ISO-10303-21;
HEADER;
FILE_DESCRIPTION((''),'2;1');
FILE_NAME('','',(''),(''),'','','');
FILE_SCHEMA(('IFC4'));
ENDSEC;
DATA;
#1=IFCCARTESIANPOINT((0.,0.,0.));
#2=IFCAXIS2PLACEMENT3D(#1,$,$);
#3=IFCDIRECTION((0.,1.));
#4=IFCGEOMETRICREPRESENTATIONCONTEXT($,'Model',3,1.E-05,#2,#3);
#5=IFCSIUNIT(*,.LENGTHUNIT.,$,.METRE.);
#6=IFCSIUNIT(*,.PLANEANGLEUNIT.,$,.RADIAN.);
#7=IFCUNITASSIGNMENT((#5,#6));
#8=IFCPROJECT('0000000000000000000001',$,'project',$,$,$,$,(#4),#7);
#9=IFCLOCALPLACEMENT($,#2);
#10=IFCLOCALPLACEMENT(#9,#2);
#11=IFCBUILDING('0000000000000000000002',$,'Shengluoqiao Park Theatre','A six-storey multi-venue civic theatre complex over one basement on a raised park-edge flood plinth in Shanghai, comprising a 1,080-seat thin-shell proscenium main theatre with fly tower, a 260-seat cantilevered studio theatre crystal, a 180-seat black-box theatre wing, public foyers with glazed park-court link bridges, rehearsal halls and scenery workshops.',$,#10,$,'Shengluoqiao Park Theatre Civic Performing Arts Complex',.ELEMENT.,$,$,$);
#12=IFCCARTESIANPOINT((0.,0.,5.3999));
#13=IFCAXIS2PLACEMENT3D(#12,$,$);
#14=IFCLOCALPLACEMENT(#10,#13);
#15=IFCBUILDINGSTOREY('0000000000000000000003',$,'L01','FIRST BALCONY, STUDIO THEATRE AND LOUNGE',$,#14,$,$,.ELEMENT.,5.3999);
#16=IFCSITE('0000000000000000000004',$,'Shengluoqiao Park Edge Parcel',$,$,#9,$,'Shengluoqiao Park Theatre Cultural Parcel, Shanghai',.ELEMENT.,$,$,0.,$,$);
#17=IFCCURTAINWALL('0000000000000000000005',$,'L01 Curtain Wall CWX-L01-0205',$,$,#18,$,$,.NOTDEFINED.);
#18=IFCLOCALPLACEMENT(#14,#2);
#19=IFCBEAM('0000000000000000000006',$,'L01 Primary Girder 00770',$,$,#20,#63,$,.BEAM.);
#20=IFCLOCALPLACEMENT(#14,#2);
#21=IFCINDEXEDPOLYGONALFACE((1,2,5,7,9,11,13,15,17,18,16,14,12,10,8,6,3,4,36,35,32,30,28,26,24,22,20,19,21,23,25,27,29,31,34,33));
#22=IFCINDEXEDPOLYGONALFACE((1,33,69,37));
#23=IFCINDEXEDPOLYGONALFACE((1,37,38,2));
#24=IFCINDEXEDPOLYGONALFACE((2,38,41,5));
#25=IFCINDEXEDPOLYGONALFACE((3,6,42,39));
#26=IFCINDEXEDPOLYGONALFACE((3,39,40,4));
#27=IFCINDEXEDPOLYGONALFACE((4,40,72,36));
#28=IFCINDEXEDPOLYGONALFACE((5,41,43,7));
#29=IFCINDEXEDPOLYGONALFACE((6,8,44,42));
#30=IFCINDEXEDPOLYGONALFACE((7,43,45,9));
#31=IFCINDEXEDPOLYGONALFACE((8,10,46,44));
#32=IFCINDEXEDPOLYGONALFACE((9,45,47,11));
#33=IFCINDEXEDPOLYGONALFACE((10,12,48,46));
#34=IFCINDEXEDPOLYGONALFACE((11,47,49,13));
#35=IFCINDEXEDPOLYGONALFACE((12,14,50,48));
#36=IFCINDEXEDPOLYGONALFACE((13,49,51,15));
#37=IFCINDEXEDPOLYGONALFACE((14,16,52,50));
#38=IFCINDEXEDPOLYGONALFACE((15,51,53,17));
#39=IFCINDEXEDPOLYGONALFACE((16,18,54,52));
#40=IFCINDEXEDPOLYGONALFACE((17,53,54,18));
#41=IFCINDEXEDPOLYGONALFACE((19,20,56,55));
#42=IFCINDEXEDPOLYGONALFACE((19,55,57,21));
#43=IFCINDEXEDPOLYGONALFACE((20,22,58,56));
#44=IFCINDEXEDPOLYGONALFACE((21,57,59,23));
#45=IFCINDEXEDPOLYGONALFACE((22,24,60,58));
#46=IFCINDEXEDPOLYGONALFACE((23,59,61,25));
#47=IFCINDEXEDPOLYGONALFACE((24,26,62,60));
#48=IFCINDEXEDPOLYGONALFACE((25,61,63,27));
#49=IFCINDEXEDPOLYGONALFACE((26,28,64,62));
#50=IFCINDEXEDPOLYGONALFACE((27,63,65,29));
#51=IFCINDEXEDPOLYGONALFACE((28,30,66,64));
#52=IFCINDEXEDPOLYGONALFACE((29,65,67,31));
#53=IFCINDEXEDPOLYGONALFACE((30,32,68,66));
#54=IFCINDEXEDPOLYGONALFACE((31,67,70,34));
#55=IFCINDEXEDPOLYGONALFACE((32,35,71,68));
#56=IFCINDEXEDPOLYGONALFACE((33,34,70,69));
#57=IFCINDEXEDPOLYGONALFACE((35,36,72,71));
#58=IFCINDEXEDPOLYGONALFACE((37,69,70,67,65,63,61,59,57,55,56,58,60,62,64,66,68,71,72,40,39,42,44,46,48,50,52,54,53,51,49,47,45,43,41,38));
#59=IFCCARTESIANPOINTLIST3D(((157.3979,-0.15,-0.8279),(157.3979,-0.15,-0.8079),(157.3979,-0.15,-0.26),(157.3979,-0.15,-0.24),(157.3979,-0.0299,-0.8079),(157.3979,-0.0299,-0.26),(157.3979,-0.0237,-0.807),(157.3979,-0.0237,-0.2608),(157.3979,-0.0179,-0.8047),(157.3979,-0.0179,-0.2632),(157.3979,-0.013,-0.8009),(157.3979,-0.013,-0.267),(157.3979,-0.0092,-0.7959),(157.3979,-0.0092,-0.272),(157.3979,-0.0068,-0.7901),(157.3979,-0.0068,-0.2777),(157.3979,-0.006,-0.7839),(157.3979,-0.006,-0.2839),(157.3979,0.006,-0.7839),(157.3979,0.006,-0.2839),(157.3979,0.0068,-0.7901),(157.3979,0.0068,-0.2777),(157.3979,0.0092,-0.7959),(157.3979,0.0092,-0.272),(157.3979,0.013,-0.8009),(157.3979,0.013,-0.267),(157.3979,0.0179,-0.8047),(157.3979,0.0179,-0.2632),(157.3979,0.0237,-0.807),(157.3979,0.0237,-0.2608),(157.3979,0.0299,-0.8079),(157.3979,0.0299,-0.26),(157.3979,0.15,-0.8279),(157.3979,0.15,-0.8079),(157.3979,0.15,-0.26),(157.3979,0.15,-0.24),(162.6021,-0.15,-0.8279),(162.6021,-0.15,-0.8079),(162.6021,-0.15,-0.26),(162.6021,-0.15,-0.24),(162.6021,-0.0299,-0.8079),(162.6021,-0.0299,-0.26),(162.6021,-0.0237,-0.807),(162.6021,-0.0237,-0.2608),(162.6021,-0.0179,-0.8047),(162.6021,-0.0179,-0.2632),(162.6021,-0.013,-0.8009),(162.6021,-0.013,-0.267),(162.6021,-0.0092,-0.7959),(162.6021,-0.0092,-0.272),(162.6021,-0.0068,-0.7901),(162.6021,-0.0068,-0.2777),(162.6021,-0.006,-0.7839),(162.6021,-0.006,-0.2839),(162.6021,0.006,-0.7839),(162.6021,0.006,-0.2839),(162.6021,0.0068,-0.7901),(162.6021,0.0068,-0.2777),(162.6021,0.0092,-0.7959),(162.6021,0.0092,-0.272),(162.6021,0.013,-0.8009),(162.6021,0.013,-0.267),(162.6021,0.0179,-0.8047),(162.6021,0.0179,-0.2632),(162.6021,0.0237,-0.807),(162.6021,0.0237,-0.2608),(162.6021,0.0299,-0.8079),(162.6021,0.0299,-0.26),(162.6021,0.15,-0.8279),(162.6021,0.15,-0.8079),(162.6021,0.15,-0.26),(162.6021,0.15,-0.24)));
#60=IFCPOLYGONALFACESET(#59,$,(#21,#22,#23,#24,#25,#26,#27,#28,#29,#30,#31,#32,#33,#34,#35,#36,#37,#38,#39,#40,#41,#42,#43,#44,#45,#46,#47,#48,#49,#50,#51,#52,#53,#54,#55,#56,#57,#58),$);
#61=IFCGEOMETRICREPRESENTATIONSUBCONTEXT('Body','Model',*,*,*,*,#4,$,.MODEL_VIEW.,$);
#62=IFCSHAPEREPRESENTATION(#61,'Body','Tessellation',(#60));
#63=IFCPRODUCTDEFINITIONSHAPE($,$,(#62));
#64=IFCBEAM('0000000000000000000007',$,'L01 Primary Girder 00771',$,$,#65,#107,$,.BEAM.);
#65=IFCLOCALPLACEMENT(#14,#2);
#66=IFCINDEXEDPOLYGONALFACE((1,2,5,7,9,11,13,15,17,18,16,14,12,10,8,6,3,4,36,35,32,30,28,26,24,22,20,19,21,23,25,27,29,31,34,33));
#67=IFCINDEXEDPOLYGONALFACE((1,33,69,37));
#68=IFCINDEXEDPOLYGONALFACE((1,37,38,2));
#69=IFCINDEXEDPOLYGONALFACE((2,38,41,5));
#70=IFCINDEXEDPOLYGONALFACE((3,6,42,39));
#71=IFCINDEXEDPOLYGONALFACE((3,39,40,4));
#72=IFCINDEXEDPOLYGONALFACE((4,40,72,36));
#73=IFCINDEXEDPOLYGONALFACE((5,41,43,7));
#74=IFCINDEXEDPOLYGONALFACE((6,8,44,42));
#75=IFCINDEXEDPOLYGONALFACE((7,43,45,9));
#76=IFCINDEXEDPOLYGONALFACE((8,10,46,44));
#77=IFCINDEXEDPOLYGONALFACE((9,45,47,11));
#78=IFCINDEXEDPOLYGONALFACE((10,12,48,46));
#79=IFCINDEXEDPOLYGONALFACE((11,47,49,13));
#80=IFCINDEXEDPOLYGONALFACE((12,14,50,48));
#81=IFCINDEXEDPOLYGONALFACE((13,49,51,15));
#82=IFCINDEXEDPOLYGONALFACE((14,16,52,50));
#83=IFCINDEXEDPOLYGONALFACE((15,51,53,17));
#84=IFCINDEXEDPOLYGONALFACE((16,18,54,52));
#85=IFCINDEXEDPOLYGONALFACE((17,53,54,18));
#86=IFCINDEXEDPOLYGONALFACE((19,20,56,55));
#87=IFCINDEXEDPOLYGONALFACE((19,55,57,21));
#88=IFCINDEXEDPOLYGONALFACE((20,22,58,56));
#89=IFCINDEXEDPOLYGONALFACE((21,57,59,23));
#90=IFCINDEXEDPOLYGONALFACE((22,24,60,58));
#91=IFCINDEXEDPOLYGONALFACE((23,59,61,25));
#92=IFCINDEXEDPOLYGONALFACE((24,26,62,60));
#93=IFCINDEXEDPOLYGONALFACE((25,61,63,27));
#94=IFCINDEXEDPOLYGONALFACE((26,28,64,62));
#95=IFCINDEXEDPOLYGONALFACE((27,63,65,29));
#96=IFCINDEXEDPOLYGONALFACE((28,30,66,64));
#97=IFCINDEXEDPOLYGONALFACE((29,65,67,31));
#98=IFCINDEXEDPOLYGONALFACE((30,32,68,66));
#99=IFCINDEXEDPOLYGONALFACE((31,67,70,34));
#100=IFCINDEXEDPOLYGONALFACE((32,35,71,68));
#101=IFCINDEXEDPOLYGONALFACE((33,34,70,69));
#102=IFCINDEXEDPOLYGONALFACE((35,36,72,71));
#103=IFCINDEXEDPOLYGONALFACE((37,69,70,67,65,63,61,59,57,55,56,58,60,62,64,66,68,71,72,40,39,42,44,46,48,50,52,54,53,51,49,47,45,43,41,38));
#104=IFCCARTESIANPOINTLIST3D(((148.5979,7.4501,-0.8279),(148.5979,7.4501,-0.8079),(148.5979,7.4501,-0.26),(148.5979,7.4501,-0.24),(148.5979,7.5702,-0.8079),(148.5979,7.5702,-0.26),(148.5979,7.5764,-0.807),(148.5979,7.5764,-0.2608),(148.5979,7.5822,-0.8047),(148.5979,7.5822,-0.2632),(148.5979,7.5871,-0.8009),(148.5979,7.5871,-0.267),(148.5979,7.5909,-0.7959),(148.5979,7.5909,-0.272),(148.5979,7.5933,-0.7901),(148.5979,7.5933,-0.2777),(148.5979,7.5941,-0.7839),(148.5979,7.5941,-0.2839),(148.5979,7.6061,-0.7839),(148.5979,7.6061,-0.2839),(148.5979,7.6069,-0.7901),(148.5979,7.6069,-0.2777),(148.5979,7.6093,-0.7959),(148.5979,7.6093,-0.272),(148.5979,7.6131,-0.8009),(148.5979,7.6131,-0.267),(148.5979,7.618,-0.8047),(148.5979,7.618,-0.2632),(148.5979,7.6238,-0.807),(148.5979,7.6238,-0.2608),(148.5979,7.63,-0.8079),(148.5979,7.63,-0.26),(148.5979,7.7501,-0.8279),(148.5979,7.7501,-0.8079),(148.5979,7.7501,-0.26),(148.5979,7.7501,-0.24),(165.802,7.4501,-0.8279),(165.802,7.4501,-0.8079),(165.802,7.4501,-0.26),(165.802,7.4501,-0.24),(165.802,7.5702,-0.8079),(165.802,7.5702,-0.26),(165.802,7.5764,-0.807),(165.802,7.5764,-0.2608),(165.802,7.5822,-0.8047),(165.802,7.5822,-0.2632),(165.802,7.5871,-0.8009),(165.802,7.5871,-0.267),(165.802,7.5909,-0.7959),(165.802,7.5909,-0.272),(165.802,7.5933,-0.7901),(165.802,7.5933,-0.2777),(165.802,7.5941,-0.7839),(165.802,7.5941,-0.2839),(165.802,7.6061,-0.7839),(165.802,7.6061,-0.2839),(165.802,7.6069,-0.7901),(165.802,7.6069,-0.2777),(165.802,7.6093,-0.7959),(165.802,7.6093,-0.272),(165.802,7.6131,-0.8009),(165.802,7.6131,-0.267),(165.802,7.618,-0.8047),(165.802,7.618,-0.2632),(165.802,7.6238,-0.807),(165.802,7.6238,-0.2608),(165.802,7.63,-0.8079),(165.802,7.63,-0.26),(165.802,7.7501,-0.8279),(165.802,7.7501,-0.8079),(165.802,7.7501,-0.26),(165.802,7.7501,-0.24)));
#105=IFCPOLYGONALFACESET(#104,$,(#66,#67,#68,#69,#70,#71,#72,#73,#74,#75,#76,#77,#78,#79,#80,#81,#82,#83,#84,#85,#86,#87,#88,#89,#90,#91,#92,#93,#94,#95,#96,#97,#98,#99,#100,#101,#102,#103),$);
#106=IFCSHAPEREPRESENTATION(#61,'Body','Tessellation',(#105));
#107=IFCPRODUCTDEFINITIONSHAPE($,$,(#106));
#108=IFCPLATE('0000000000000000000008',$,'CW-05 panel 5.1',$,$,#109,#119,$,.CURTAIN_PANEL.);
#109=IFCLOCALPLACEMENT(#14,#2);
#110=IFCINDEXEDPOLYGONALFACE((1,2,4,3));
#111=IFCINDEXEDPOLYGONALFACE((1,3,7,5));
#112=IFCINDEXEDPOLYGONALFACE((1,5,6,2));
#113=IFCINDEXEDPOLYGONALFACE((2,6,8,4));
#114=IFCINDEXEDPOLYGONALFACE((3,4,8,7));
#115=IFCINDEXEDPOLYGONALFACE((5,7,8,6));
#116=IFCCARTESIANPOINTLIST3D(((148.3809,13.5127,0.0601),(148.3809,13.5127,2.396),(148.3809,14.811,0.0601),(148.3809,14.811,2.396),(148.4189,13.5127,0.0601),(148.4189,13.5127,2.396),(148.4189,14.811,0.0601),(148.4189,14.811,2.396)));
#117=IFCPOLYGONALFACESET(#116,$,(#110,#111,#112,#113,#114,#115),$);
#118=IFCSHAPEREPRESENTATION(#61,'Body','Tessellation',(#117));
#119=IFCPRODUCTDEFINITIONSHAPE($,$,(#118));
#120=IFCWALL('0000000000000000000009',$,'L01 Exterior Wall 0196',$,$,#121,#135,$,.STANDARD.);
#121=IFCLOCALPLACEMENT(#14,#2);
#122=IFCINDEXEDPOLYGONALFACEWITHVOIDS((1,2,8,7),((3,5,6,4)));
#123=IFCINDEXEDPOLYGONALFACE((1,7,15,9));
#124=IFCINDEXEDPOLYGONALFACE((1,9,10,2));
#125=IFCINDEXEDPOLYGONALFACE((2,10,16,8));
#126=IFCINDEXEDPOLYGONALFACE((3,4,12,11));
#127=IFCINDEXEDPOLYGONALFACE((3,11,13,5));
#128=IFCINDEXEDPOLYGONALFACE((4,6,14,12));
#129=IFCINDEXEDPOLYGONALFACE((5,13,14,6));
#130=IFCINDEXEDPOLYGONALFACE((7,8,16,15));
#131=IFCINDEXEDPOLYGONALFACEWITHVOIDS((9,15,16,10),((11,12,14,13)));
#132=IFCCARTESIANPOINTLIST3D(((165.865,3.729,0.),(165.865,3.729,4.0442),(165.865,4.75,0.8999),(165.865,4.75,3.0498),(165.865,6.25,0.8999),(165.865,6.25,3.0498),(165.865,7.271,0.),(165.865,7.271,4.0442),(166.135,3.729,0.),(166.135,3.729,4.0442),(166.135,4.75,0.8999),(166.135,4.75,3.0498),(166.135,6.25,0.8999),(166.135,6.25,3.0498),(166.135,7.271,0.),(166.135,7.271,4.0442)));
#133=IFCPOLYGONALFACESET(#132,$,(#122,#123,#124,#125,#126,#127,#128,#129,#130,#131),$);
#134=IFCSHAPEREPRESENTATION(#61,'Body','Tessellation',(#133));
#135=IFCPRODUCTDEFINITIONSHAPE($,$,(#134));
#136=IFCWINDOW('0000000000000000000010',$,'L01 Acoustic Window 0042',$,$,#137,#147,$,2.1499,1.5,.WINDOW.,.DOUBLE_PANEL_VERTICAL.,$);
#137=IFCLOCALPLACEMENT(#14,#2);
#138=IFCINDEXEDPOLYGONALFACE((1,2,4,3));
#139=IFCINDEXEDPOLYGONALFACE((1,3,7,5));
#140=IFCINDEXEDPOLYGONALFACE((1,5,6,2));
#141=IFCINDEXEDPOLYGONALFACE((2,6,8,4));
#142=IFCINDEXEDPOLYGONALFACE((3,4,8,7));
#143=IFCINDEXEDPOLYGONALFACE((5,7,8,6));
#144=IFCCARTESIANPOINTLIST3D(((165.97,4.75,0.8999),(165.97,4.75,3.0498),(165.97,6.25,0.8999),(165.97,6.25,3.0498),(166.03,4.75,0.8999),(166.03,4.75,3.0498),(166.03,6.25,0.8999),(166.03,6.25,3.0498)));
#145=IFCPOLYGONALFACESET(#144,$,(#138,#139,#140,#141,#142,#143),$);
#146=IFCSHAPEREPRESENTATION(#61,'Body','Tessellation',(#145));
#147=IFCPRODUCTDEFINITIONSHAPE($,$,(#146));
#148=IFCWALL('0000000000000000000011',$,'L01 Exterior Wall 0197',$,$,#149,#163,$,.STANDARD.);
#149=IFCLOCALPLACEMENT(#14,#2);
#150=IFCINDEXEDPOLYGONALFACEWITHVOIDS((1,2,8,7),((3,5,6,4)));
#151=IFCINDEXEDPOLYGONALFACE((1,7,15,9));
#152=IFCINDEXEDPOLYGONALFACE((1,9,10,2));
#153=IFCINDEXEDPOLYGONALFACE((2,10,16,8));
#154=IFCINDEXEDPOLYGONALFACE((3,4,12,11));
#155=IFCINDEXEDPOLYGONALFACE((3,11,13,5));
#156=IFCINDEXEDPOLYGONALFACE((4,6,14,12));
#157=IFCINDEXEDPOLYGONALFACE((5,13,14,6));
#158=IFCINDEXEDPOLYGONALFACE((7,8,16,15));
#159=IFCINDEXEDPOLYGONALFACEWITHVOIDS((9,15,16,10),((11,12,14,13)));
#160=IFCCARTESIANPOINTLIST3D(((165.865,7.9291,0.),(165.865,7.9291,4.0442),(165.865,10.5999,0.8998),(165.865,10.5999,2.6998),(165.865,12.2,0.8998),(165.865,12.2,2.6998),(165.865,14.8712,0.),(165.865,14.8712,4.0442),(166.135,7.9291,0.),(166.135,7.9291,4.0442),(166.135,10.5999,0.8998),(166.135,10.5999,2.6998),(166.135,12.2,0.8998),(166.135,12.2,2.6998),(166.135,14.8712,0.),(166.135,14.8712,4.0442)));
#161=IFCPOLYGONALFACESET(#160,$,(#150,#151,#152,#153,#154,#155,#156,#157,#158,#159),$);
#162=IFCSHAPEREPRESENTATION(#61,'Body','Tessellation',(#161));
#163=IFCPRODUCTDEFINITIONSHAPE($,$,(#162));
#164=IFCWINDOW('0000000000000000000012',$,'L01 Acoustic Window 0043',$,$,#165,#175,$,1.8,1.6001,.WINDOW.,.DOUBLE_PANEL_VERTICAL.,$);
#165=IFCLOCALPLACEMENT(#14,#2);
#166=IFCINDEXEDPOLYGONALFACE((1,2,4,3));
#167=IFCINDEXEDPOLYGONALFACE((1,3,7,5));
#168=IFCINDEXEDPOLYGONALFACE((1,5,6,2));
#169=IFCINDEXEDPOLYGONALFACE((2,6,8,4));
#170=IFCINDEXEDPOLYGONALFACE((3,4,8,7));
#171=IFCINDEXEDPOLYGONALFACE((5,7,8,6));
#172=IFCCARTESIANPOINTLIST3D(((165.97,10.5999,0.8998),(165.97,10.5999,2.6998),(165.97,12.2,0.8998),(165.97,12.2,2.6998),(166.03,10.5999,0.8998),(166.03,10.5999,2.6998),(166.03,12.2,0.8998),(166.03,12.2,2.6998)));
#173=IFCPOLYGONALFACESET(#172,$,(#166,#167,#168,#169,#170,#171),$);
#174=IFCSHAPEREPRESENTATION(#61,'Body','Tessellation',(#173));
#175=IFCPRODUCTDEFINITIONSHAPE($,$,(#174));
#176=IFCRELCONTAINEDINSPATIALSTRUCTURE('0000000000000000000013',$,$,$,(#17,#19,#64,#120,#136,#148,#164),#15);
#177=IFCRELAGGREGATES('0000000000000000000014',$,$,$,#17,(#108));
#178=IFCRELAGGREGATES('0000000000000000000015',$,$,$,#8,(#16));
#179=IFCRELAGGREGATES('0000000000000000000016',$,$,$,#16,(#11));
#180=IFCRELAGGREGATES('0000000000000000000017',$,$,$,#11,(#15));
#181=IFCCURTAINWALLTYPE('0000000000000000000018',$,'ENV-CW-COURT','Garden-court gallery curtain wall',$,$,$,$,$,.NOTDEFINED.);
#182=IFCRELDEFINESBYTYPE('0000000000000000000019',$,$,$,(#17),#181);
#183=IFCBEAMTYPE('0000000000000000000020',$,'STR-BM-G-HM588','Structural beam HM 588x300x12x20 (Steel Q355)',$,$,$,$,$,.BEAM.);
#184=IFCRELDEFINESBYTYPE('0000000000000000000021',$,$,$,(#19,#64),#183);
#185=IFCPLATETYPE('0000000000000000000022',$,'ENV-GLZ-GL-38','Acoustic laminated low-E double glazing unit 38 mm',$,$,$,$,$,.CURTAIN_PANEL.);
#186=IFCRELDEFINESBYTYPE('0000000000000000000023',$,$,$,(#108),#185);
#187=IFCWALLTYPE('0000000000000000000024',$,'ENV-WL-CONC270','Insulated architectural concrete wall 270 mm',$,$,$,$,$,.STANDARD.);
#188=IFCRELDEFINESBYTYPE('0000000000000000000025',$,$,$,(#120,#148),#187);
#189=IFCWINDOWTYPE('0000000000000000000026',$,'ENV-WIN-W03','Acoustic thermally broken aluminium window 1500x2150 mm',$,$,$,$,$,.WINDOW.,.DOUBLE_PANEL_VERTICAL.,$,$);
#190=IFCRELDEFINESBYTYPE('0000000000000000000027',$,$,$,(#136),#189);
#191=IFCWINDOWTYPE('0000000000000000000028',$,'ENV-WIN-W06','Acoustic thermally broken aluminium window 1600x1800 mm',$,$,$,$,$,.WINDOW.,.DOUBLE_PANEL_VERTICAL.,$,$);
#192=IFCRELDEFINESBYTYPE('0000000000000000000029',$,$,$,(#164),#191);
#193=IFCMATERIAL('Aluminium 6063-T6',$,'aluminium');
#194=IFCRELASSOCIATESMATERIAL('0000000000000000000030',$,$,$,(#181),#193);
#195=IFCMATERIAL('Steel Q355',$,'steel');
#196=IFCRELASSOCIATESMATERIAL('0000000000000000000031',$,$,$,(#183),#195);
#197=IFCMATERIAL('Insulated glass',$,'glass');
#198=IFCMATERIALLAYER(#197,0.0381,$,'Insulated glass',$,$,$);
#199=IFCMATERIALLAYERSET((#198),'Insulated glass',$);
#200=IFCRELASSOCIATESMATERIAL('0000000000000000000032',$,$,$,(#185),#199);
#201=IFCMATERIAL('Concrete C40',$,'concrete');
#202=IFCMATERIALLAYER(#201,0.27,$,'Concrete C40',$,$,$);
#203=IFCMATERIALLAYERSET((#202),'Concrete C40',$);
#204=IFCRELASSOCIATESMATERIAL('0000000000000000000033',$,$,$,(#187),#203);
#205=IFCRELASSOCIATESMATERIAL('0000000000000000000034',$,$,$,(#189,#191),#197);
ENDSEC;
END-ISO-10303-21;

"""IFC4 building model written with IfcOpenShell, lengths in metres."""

from ifc_helpers import new_model, si_unit, direction, frame, frame_2d, origin, origin_2d, place, context, subcontext, project, spatial, rectangle, i_section, extrude, material, layer, layer_set, material_profile, profile_set, type_object, element, fill, aggregate, save


model = new_model("IFC4")

# Units and contexts
model_context = context("Model", 3, precision=1e-05, world=origin(), true_north=direction((0.0, 1.0)))
body_context = subcontext(model_context, "Body", "Model", "MODEL_VIEW")
ifc_project = project(units=[si_unit("LENGTHUNIT", "METRE"), si_unit("PLANEANGLEUNIT", "RADIAN")], contexts=[model_context])

# Site, building, storey
site_placement = place(None, origin())
site = spatial("IfcSite", under=ifc_project, at=site_placement, Name="Shengluoqiao Park Edge Parcel", LongName="Shengluoqiao Park Theatre Cultural Parcel, Shanghai", CompositionType="ELEMENT", RefElevation=0.0)
building_placement = place(site_placement, origin())
building = spatial("IfcBuilding", under=site, at=building_placement, Name="Shengluoqiao Park Theatre", Description="A six-storey multi-venue civic theatre complex over one basement on a raised park-edge flood plinth in Shanghai, comprising a 1,080-seat thin-shell proscenium main theatre with fly tower, a 260-seat cantilevered studio theatre crystal, a 180-seat black-box theatre wing, public foyers with glazed park-court link bridges, rehearsal halls and scenery workshops.", LongName="Shengluoqiao Park Theatre Civic Performing Arts Complex", CompositionType="ELEMENT")
storey_placement = place(building_placement, frame((0.0, 0.0, 5.3999)))
storey = spatial("IfcBuildingStorey", under=building, at=storey_placement, Name="L01", Description="FIRST BALCONY, STUDIO THEATRE AND LOUNGE", CompositionType="ELEMENT", Elevation=5.3999)

# Shared definitions
ifc_material_1 = material(Name="Steel Q355", Category="steel")
ifc_material_2 = material(Name="Concrete C40", Category="concrete")

# Curtain wall
ifc_material_3 = material(Name="Aluminium 6063-T6", Category="aluminium")
curtain_wall_type = type_object("IfcCurtainWallType", Name="ENV-CW-COURT", Description="Garden-court gallery curtain wall", PredefinedType="NOTDEFINED", material=ifc_material_3)
curtain_wall_placement = place(storey_placement, origin())
curtain_wall = element("IfcCurtainWall", 1, at=curtain_wall_placement, inside=storey, type_object=curtain_wall_type, Name="L01 Curtain Wall CWX-L01-0205", PredefinedType="NOTDEFINED")

# Beams
ifc_material_profile_1 = material_profile(ifc_material_1, i_section(OverallWidth=0.3, OverallDepth=0.5879, WebThickness=0.012, FlangeThickness=0.02, FilletRadius=0.0239, at=origin_2d()), Name="HM 588x300x12x20")
ifc_profile_set_1 = profile_set([ifc_material_profile_1], Name="Steel Q355")
beam_type_1 = type_object("IfcBeamType", Name="STR-BM-G-HM588", Description="Structural beam HM 588x300x12x20 (Steel Q355)", PredefinedType="BEAM", material=ifc_profile_set_1)
beam_1_placement = place(storey_placement, frame((157.3979, 0.0, -0.5339), z_axis=(1.0, 0.0, 0.0), x_axis=(0.0, 1.0, 0.0)))
element("IfcBeam", 2, at=beam_1_placement, inside=storey, type_object=beam_type_1, Name="L01 Primary Girder 00770", PredefinedType="BEAM", context=body_context, shape_type="SweptSolid", body=[
    extrude(i_section(OverallWidth=0.3, OverallDepth=0.5879, WebThickness=0.012, FlangeThickness=0.02, FilletRadius=0.0239, at=origin_2d()), origin(), (0.0, 0.0, 1.0), 5.2041),
])
beam_2_placement = place(storey_placement, frame((148.5979, 7.6001, -0.5339), z_axis=(1.0, 0.0, 0.0), x_axis=(0.0, 1.0, 0.0)))
element("IfcBeam", 3, at=beam_2_placement, inside=storey, type_object=beam_type_1, Name="L01 Primary Girder 00771", PredefinedType="BEAM", context=body_context, shape_type="SweptSolid", body=[
    extrude(i_section(OverallWidth=0.3, OverallDepth=0.5879, WebThickness=0.012, FlangeThickness=0.02, FilletRadius=0.0239, at=origin_2d()), origin(), (0.0, 0.0, 1.0), 17.2041),
])

# Plate
ifc_material_4 = material(Name="Insulated glass", Category="glass")
ifc_layer_1 = layer(ifc_material_4, 0.0381, Name="Insulated glass")
ifc_layer_set_1 = layer_set([ifc_layer_1], Name="Insulated glass")
plate_type = type_object("IfcPlateType", Name="ENV-GLZ-GL-38", Description="Acoustic laminated low-E double glazing unit 38 mm", PredefinedType="CURTAIN_PANEL", material=ifc_layer_set_1)
plate_placement = place(storey_placement, frame((148.3999, 14.1619, 0.0601), z_axis=(0.0, 0.0, 1.0), x_axis=(0.0, 1.0, 0.0)))
plate = element("IfcPlate", 4, at=plate_placement, type_object=plate_type, Name="CW-05 panel 5.1", PredefinedType="CURTAIN_PANEL", context=body_context, shape_type="SweptSolid", body=[
    extrude(rectangle(XDim=1.2983, YDim=0.0381, at=origin_2d()), origin(), (0.0, 0.0, 1.0), 2.3359),
])
aggregate(curtain_wall, [plate])

# Walls, openings, windows
ifc_layer_2 = layer(ifc_material_2, 0.27, Name="Concrete C40")
ifc_layer_set_2 = layer_set([ifc_layer_2], Name="Concrete C40")
wall_type = type_object("IfcWallType", Name="ENV-WL-CONC270", Description="Insulated architectural concrete wall 270 mm", PredefinedType="STANDARD", material=ifc_layer_set_2)
wall_1_placement = place(storey_placement, frame((166.0, 3.729, 0.0), z_axis=(0.0, 0.0, 1.0), x_axis=(0.0, 1.0, 0.0)))
wall_1 = element("IfcWall", 5, at=wall_1_placement, inside=storey, type_object=wall_type, Name="L01 Exterior Wall 0196", PredefinedType="STANDARD", context=body_context, shape_type="SweptSolid", body=[
    extrude(rectangle(XDim=3.542, YDim=0.27, at=frame_2d((1.771, 0.0))), origin(), (0.0, 0.0, 1.0), 4.0442),
])
opening_1_placement = place(wall_1_placement, frame((1.021, 0.0, 0.8999)))
opening_1 = element("IfcOpeningElement", 6, at=opening_1_placement, cuts=wall_1, PredefinedType="OPENING", context=body_context, shape_type="SweptSolid", body=[
    extrude(rectangle(XDim=1.5, YDim=2.1499, at=frame_2d((0.75, 1.075))), frame((0.0, 0.145, 0.0), z_axis=(0.0, -1.0, 0.0), x_axis=(1.0, 0.0, 0.0)), (0.0, 0.0, 1.0), 0.29),
])
window_type_1 = type_object("IfcWindowType", Name="ENV-WIN-W03", Description="Acoustic thermally broken aluminium window 1500x2150 mm", PartitioningType="DOUBLE_PANEL_VERTICAL", PredefinedType="WINDOW", material=ifc_material_4)
window_1_placement = place(opening_1_placement, origin())
window_1 = element("IfcWindow", 7, at=window_1_placement, inside=storey, type_object=window_type_1, Name="L01 Acoustic Window 0042", OverallHeight=2.1499, OverallWidth=1.5, PartitioningType="DOUBLE_PANEL_VERTICAL", PredefinedType="WINDOW", context=body_context, shape_type="SweptSolid", body=[
    extrude(rectangle(XDim=1.5, YDim=2.1499, at=frame_2d((0.75, 1.075))), frame((0.0, 0.03, 0.0), z_axis=(0.0, -1.0, 0.0), x_axis=(1.0, 0.0, 0.0)), (0.0, 0.0, 1.0), 0.0601),
])
fill(opening_1, window_1)
wall_2_placement = place(storey_placement, frame((166.0, 7.929, 0.0), z_axis=(0.0, 0.0, 1.0), x_axis=(0.0, 1.0, 0.0)))
wall_2 = element("IfcWall", 8, at=wall_2_placement, inside=storey, type_object=wall_type, Name="L01 Exterior Wall 0197", PredefinedType="STANDARD", context=body_context, shape_type="SweptSolid", body=[
    extrude(rectangle(XDim=6.9421, YDim=0.27, at=frame_2d((3.4712, 0.0))), origin(), (0.0, 0.0, 1.0), 4.0442),
])
opening_2_placement = place(wall_2_placement, frame((2.6709, 0.0, 0.8999)))
opening_2 = element("IfcOpeningElement", 9, at=opening_2_placement, cuts=wall_2, PredefinedType="OPENING", context=body_context, shape_type="SweptSolid", body=[
    extrude(rectangle(XDim=1.6001, YDim=1.8, at=frame_2d((0.8, 0.8999))), frame((0.0, 0.145, 0.0), z_axis=(0.0, -1.0, 0.0), x_axis=(1.0, 0.0, 0.0)), (0.0, 0.0, 1.0), 0.29),
])
window_type_2 = type_object("IfcWindowType", Name="ENV-WIN-W06", Description="Acoustic thermally broken aluminium window 1600x1800 mm", PartitioningType="DOUBLE_PANEL_VERTICAL", PredefinedType="WINDOW", material=ifc_material_4)
window_2_placement = place(opening_2_placement, origin())
window_2 = element("IfcWindow", 10, at=window_2_placement, inside=storey, type_object=window_type_2, Name="L01 Acoustic Window 0043", OverallHeight=1.8, OverallWidth=1.6001, PartitioningType="DOUBLE_PANEL_VERTICAL", PredefinedType="WINDOW", context=body_context, shape_type="SweptSolid", body=[
    extrude(rectangle(XDim=1.6001, YDim=1.8, at=frame_2d((0.8, 0.8999))), frame((0.0, 0.03, 0.0), z_axis=(0.0, -1.0, 0.0), x_axis=(1.0, 0.0, 0.0)), (0.0, 0.0, 1.0), 0.0601),
])
fill(opening_2, window_2)

save(model, "model.ifc")
